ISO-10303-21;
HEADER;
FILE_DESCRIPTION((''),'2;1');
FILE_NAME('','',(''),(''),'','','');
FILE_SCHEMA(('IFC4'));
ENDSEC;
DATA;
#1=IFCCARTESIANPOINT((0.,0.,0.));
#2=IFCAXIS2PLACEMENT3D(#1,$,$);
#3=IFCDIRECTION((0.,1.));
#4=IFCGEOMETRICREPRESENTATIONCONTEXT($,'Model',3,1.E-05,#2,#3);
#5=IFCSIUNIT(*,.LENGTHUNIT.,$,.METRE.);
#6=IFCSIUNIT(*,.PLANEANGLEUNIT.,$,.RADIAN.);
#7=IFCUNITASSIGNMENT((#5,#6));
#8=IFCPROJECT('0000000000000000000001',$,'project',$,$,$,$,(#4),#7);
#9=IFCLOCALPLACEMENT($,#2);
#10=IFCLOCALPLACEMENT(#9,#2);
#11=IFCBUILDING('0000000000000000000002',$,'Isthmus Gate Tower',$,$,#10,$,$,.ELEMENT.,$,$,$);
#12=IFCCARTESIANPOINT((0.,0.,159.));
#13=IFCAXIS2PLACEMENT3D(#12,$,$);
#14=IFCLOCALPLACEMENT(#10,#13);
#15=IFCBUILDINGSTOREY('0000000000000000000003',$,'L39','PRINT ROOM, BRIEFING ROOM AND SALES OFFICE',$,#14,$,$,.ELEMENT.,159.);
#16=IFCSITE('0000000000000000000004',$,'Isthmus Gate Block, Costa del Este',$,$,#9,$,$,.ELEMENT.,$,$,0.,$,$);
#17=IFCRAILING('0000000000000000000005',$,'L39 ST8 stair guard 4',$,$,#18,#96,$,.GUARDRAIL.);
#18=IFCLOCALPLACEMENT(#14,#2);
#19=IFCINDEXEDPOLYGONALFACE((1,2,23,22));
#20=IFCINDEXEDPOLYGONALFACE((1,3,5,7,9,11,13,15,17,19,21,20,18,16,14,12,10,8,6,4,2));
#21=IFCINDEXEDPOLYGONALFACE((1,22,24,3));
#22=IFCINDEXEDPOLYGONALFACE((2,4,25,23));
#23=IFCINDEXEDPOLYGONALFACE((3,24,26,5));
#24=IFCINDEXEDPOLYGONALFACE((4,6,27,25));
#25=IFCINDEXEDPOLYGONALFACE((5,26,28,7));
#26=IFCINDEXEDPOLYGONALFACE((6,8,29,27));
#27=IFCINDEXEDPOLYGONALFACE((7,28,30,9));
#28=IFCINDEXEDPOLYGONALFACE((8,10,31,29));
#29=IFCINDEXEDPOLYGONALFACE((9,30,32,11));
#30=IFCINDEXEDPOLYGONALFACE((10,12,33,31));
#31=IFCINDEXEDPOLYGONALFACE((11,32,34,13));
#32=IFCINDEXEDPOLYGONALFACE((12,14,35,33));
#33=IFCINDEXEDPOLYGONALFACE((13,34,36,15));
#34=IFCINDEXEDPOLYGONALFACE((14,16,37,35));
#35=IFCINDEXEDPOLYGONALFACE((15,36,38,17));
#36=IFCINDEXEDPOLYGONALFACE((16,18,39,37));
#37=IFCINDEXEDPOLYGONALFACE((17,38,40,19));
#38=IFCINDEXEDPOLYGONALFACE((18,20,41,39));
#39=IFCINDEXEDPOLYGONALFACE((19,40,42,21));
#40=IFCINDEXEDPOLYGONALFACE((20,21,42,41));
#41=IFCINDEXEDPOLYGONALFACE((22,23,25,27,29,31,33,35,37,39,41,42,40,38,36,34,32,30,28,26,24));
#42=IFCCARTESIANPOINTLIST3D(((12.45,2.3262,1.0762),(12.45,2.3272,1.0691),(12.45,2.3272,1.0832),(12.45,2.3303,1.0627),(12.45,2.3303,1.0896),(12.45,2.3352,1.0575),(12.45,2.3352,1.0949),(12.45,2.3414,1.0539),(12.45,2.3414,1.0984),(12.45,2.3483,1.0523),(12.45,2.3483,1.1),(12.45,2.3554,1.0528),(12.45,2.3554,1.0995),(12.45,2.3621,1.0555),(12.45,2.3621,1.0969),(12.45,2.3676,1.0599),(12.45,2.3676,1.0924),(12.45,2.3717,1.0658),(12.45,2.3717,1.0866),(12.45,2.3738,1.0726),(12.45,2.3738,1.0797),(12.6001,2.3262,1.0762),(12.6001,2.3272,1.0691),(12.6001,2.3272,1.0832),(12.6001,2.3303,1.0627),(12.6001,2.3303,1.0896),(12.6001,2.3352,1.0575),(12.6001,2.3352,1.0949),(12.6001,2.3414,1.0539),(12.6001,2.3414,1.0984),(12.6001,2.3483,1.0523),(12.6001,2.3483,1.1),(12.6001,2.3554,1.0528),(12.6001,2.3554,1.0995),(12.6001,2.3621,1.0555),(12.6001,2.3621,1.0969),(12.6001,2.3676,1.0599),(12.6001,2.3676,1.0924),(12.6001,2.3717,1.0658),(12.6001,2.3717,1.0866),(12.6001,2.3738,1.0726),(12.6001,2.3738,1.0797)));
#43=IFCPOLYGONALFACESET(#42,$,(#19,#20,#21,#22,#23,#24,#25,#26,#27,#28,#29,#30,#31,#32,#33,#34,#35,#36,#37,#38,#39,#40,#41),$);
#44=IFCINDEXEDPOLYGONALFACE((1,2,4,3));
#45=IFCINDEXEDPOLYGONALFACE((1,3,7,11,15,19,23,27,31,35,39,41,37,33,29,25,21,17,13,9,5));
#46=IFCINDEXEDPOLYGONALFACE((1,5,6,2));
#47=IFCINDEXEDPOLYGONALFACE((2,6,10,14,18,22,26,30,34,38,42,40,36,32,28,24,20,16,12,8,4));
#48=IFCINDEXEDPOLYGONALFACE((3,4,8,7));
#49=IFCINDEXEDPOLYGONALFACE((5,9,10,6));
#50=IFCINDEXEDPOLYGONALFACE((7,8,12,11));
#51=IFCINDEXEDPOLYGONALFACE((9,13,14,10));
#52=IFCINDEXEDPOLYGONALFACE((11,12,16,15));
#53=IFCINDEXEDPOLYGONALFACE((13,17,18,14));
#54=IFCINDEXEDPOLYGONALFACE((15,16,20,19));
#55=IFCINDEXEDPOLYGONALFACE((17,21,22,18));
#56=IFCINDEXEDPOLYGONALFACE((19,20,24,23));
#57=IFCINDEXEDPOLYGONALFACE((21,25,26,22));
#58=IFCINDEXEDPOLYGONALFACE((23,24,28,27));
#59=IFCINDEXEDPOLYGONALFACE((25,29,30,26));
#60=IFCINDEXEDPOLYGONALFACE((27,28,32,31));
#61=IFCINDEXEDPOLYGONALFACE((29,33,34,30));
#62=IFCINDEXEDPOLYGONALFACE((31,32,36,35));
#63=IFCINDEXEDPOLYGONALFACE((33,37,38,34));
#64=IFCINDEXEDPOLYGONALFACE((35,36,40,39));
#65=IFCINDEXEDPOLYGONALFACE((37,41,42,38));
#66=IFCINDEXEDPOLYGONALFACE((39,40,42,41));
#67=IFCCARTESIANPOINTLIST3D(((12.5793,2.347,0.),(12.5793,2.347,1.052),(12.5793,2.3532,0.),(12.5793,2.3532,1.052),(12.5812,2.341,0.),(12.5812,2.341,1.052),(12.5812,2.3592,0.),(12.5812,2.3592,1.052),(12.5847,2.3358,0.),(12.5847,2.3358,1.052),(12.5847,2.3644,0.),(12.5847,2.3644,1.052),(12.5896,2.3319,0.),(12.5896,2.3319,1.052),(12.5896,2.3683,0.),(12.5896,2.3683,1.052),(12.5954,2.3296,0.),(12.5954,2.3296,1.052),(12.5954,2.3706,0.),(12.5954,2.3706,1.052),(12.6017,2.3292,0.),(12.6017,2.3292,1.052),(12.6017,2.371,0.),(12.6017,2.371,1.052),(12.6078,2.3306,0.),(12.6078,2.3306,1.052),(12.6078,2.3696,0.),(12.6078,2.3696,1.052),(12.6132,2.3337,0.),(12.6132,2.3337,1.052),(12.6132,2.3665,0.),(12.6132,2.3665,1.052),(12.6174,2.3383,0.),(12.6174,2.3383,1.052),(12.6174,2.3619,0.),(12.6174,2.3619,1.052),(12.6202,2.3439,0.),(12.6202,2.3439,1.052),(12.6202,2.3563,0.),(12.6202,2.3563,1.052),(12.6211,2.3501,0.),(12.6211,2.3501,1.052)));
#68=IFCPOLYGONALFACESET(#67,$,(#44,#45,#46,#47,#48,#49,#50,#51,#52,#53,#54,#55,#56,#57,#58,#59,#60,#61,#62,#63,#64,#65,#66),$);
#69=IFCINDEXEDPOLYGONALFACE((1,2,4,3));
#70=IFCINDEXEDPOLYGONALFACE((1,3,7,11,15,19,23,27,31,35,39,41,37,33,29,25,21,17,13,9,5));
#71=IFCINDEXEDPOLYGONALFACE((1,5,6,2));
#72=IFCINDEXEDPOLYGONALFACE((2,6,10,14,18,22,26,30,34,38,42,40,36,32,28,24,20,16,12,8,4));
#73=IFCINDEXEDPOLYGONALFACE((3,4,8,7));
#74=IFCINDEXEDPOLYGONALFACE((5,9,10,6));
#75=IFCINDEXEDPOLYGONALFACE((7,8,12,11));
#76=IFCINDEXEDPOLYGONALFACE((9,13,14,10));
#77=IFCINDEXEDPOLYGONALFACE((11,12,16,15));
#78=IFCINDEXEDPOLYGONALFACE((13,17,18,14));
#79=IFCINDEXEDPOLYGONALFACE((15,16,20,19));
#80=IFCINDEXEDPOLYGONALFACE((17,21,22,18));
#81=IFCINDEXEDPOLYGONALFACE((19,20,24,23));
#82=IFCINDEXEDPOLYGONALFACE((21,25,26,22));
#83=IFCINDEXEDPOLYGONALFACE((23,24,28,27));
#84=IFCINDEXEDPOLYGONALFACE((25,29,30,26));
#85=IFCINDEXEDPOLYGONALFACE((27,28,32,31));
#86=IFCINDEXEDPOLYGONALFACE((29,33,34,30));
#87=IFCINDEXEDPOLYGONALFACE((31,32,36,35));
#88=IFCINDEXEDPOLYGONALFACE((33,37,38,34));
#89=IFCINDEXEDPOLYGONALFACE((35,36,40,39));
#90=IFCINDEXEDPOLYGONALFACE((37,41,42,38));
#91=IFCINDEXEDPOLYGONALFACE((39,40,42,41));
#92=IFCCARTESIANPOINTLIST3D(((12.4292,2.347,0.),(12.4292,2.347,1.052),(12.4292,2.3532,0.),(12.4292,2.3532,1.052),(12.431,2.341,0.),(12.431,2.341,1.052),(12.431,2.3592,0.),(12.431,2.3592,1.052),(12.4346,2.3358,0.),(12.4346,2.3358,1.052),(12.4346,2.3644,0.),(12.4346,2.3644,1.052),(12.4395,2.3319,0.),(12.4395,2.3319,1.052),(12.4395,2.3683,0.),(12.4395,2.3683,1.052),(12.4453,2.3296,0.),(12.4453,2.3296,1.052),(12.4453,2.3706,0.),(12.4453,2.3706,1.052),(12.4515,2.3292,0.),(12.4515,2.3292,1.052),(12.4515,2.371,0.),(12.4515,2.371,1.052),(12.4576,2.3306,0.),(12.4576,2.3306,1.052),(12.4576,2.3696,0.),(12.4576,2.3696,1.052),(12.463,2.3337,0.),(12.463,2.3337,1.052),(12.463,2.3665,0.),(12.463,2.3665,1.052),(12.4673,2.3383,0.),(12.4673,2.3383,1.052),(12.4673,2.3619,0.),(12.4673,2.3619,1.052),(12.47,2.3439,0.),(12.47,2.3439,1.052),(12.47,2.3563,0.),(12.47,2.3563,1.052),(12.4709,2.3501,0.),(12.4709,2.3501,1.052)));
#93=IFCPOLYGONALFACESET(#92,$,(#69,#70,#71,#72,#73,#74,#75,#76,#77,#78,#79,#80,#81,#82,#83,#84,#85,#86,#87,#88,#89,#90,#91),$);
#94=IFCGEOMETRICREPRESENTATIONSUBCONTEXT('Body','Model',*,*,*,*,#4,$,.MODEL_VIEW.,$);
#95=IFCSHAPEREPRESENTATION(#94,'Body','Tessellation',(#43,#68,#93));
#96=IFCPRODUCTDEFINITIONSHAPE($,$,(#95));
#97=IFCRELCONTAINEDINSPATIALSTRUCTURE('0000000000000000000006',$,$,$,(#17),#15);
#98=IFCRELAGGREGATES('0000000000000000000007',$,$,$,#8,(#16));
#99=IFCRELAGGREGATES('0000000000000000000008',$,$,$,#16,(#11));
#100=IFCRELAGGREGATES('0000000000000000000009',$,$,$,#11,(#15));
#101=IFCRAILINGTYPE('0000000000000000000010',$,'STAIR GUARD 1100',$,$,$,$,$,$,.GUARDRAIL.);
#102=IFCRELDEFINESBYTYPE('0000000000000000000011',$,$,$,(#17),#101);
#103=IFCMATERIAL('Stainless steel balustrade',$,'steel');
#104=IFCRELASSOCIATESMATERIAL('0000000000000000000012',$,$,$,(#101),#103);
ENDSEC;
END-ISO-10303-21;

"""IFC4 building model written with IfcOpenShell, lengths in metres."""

from ifc_helpers import new_model, si_unit, direction, frame, origin, origin_2d, place, context, subcontext, project, spatial, circle, extrude, material, type_object, element, save


model = new_model("IFC4")

# Units and contexts
model_context = context("Model", 3, precision=1e-05, world=origin(), true_north=direction((0.0, 1.0)))
body_context = subcontext(model_context, "Body", "Model", "MODEL_VIEW")
ifc_project = project(units=[si_unit("LENGTHUNIT", "METRE"), si_unit("PLANEANGLEUNIT", "RADIAN")], contexts=[model_context])

# Site, building, storey
site_placement = place(None, origin())
site = spatial("IfcSite", under=ifc_project, at=site_placement, Name="Isthmus Gate Block, Costa del Este", CompositionType="ELEMENT", RefElevation=0.0)
building_placement = place(site_placement, origin())
building = spatial("IfcBuilding", under=site, at=building_placement, Name="Isthmus Gate Tower", CompositionType="ELEMENT")
storey_placement = place(building_placement, frame((0.0, 0.0, 159.0)))
storey = spatial("IfcBuildingStorey", under=building, at=storey_placement, Name="L39", Description="PRINT ROOM, BRIEFING ROOM AND SALES OFFICE", CompositionType="ELEMENT", Elevation=159.0)

# Railing
ifc_material_1 = material(Name="Stainless steel balustrade", Category="steel")
railing_type_1 = type_object("IfcRailingType", Name="STAIR GUARD 1100", PredefinedType="GUARDRAIL", material=ifc_material_1)
railing_1_placement = place(storey_placement, frame((12.6001, 2.3501, 0.0)))
element("IfcRailing", 1, at=railing_1_placement, inside=storey, type_object=railing_type_1, Name="L39 ST8 stair guard 4", PredefinedType="GUARDRAIL", context=body_context, shape_type="SweptSolid", body=[
    extrude(circle(Radius=0.0239, at=origin_2d()), frame((0.0, 0.0, 1.0762), z_axis=(-1.0, 0.0, 0.0), x_axis=(0.0, -1.0, 0.0)), (0.0, 0.0, 1.0), 0.1501),
    extrude(circle(Radius=0.021, at=origin_2d()), origin(), (0.0, 0.0, 1.0), 1.052),
    extrude(circle(Radius=0.021, at=origin_2d()), frame((-0.1501, 0.0, 0.0)), (0.0, 0.0, 1.0), 1.052),
])

save(model, "model.ifc")
